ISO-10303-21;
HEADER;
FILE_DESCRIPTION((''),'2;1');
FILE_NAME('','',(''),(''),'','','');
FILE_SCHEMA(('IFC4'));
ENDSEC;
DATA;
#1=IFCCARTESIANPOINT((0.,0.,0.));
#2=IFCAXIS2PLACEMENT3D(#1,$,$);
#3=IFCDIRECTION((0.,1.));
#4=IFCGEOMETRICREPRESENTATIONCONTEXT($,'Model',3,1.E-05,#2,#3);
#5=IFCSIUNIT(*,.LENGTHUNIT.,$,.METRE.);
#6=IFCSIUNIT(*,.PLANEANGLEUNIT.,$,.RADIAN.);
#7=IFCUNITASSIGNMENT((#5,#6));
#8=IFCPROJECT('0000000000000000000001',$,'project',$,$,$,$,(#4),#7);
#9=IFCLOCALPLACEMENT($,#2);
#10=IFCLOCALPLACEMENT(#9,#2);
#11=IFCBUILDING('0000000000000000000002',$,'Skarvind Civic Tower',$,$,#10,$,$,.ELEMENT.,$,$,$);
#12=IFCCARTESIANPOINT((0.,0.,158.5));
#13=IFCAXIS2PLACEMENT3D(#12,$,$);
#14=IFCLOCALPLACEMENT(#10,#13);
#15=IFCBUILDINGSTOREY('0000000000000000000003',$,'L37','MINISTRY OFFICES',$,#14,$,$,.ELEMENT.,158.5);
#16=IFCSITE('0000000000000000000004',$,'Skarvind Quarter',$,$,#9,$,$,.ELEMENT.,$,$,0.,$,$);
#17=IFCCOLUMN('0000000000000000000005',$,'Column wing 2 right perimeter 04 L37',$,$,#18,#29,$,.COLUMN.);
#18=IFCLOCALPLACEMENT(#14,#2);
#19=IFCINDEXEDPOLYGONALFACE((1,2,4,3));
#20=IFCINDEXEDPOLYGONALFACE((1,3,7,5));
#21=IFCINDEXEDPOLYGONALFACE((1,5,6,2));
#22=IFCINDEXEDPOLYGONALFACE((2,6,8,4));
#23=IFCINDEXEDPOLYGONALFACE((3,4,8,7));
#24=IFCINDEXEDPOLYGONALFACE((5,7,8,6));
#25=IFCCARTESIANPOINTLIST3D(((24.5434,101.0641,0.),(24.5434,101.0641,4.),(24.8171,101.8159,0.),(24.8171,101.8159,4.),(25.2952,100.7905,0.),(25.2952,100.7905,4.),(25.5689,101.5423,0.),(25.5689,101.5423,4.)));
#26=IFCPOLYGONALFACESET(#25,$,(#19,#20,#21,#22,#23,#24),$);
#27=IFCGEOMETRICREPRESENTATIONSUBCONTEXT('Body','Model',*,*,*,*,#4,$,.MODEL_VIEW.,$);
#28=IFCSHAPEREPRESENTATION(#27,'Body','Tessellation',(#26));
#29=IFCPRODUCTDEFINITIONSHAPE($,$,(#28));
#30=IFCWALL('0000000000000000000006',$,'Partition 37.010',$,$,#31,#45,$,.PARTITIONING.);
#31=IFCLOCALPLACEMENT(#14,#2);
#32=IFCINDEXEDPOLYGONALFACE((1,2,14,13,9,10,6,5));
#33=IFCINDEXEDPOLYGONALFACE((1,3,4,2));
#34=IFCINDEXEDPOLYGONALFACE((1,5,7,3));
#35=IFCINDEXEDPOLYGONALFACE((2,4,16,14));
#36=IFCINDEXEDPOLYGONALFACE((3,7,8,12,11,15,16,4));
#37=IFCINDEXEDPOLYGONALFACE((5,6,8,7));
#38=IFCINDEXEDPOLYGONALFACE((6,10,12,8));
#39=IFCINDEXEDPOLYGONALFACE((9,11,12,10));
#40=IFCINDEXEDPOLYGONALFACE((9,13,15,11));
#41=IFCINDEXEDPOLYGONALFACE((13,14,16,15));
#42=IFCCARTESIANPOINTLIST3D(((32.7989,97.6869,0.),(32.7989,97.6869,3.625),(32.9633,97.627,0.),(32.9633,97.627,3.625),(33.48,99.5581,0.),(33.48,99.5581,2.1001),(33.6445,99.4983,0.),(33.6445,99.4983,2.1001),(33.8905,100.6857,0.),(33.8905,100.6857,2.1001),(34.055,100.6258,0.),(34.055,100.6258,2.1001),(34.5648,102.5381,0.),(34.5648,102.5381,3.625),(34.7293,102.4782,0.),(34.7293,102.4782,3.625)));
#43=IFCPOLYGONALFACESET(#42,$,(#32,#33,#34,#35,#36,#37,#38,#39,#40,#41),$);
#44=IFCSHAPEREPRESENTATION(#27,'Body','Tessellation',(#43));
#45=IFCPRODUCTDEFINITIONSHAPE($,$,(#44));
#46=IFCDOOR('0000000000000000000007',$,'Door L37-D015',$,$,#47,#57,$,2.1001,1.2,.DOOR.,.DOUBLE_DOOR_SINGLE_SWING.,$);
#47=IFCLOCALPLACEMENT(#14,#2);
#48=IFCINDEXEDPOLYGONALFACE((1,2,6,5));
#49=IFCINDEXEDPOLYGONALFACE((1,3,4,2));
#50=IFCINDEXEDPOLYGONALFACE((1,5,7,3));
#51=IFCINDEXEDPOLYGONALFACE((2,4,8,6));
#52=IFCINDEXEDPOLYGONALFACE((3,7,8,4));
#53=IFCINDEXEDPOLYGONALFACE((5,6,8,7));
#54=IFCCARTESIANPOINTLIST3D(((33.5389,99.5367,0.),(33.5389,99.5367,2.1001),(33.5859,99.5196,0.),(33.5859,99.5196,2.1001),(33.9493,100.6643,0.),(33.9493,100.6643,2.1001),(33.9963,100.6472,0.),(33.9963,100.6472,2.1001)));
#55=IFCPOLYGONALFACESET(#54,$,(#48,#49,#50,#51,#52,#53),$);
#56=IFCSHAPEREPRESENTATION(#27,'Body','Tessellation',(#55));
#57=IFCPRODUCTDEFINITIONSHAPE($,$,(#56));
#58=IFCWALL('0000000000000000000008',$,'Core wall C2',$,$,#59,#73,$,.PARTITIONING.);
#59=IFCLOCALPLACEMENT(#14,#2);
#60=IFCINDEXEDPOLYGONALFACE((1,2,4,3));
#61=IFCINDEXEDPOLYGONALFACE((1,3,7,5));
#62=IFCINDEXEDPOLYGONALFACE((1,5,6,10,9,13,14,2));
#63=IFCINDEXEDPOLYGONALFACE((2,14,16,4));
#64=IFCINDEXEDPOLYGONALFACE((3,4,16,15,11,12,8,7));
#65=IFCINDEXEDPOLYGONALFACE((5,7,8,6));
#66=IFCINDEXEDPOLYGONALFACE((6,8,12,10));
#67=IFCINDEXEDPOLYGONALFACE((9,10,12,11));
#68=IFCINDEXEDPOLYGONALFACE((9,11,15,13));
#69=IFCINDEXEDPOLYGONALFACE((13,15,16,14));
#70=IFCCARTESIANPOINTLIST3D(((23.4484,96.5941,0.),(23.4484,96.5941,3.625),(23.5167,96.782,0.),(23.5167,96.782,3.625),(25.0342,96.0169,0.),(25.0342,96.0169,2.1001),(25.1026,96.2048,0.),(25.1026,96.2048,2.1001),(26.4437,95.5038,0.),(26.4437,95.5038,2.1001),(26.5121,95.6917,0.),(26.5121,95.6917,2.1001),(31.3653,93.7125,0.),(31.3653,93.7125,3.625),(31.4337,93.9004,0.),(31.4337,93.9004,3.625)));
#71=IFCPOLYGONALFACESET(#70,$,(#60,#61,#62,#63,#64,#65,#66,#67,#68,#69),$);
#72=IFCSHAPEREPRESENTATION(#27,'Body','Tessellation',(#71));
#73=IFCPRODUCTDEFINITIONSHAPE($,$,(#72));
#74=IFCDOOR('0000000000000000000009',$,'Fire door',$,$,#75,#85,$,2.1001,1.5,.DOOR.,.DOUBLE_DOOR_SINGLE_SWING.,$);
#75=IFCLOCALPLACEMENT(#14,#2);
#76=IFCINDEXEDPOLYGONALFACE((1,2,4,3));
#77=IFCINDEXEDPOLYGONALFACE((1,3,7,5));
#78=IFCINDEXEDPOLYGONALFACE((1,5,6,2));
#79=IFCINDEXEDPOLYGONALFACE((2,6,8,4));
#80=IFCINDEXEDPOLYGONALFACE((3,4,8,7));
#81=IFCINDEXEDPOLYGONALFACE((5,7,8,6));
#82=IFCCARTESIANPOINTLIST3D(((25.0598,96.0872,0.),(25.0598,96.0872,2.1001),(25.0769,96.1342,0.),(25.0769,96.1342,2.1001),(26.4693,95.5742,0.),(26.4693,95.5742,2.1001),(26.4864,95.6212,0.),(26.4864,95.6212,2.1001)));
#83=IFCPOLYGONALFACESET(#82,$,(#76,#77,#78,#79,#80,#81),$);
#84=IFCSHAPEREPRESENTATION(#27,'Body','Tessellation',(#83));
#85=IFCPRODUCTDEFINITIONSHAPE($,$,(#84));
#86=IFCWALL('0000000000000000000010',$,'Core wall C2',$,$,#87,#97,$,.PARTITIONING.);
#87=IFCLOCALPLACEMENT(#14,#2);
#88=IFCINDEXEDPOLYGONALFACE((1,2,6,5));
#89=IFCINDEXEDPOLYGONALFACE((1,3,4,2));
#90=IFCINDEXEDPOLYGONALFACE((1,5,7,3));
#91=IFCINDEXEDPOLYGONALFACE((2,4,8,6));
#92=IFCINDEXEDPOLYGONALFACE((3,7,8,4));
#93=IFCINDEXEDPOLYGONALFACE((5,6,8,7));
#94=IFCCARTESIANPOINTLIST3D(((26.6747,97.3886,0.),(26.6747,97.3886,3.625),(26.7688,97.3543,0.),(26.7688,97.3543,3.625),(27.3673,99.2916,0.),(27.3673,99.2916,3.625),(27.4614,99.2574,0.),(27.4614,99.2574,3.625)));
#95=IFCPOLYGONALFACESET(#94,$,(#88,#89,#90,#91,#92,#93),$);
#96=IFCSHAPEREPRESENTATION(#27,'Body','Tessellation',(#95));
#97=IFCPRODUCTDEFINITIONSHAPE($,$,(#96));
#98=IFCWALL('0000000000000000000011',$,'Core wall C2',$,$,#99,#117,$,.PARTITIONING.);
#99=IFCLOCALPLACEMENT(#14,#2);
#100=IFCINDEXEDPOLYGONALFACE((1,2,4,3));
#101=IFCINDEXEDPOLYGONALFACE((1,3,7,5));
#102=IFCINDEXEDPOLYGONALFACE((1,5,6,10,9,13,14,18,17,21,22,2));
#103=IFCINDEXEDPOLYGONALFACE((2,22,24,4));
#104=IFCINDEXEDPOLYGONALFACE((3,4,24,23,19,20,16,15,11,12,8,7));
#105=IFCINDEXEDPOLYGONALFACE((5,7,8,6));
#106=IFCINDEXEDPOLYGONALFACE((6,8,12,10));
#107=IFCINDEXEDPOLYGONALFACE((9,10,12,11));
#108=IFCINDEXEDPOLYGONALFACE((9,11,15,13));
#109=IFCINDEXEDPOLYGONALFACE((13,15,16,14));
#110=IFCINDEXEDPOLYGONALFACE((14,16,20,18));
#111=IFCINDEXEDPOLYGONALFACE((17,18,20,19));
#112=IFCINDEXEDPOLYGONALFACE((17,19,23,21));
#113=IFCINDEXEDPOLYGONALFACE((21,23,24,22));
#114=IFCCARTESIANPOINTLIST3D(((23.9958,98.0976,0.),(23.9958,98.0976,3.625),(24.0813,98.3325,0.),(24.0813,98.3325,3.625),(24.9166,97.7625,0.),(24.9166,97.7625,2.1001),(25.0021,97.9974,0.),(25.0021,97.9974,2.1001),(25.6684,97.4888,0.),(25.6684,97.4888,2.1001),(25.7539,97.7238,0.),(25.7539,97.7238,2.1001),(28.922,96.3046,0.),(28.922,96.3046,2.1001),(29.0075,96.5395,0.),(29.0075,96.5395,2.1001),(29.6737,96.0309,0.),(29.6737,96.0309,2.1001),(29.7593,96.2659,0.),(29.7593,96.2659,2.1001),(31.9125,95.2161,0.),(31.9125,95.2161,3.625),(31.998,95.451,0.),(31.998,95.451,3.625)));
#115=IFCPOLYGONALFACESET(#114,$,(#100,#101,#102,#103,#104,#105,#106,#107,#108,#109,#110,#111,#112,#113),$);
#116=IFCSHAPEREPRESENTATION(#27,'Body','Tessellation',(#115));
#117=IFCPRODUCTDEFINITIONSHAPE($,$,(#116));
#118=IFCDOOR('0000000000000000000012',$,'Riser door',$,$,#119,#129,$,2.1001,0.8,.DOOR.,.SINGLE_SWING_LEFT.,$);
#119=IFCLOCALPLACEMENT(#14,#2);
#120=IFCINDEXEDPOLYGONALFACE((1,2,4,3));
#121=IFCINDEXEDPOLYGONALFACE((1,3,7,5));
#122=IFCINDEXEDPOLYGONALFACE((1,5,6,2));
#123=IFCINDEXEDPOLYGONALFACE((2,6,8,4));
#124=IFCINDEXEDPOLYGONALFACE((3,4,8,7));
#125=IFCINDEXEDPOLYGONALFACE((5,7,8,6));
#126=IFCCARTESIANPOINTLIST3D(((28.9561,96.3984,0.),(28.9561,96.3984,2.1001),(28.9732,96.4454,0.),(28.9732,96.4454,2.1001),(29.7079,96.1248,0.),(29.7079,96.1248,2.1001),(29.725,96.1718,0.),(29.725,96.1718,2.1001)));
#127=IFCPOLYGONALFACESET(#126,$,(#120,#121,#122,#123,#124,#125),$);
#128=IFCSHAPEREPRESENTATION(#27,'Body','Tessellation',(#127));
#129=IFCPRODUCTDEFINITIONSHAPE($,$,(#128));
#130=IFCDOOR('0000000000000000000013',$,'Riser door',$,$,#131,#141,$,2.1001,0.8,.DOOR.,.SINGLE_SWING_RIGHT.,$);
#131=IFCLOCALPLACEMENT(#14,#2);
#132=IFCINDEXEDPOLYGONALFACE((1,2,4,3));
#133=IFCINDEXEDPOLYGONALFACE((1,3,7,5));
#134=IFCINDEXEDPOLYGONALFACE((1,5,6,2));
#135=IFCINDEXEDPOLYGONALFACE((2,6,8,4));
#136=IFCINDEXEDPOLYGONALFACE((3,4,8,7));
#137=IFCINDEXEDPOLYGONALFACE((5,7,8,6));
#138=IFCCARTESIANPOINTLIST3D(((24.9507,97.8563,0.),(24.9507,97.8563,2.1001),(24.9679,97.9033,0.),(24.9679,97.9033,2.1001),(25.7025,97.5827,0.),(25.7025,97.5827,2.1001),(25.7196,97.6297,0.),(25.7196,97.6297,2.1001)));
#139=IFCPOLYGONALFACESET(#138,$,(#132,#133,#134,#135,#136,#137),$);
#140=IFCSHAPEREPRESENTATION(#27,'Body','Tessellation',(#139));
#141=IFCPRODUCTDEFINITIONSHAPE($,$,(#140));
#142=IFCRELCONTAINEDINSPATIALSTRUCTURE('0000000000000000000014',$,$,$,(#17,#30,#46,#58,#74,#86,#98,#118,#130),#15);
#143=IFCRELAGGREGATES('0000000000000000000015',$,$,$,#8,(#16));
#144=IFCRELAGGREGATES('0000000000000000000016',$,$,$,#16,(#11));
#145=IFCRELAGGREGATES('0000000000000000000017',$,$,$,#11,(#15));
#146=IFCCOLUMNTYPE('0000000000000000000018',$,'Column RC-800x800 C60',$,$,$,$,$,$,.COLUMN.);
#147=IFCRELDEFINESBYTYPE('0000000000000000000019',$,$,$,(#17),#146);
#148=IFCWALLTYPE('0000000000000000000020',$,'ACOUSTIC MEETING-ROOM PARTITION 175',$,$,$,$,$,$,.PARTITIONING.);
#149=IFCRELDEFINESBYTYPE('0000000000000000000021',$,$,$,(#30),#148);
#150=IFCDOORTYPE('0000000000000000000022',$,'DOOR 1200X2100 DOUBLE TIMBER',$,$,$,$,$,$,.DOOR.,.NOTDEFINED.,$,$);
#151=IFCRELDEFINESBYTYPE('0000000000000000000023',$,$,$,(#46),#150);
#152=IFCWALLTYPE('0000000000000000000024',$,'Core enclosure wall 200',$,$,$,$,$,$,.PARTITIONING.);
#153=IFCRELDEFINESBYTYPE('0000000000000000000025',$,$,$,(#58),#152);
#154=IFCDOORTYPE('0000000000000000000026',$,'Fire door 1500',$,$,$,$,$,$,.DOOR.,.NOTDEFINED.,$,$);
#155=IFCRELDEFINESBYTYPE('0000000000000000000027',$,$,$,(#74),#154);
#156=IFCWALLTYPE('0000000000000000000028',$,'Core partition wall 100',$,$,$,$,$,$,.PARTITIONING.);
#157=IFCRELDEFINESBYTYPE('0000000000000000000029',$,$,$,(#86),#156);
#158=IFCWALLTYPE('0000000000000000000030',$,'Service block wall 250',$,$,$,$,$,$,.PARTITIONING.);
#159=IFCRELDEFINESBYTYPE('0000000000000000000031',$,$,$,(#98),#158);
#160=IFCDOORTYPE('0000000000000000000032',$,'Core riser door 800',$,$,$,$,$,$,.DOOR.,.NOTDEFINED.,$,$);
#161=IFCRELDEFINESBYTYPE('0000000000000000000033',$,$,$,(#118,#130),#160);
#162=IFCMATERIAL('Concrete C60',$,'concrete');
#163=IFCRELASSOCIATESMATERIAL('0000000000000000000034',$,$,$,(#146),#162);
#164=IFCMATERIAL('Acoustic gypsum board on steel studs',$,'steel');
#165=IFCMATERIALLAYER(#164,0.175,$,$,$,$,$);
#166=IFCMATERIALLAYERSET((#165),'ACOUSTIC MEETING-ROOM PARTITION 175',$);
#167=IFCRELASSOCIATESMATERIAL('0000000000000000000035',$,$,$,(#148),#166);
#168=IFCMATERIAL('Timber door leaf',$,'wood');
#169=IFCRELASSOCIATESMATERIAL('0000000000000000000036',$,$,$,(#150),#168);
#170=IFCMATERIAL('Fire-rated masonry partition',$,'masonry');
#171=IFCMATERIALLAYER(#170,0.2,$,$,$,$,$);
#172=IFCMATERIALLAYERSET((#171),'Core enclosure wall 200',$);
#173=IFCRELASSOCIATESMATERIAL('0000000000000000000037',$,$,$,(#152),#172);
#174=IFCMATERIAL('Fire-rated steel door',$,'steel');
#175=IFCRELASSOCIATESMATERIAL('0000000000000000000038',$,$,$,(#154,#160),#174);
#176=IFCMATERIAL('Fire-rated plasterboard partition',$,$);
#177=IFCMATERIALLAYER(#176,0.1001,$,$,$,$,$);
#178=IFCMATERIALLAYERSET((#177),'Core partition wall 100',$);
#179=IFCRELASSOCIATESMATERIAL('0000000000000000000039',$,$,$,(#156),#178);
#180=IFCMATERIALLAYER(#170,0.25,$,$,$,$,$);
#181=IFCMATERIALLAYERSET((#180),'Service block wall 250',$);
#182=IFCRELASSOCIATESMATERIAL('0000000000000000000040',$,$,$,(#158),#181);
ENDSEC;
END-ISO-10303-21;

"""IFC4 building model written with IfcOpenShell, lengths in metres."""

from ifc_helpers import new_model, si_unit, direction, frame, frame_2d, origin, origin_2d, place, context, subcontext, project, spatial, rectangle, extrude, material, layer, layer_set, material_profile, profile_set, type_object, element, fill, save


model = new_model("IFC4")

# Units and contexts
model_context = context("Model", 3, precision=1e-05, world=origin(), true_north=direction((0.0, 1.0)))
body_context = subcontext(model_context, "Body", "Model", "MODEL_VIEW")
ifc_project = project(units=[si_unit("LENGTHUNIT", "METRE"), si_unit("PLANEANGLEUNIT", "RADIAN")], contexts=[model_context])

# Site, building, storey
site_placement = place(None, origin())
site = spatial("IfcSite", under=ifc_project, at=site_placement, Name="Skarvind Quarter", CompositionType="ELEMENT", RefElevation=0.0)
building_placement = place(site_placement, origin())
building = spatial("IfcBuilding", under=site, at=building_placement, Name="Skarvind Civic Tower", CompositionType="ELEMENT")
storey_placement = place(building_placement, frame((0.0, 0.0, 158.5)))
storey = spatial("IfcBuildingStorey", under=building, at=storey_placement, Name="L37", Description="MINISTRY OFFICES", CompositionType="ELEMENT", Elevation=158.5)

# Column
ifc_material_1 = material(Name="Concrete C60", Category="concrete")
ifc_material_profile = material_profile(ifc_material_1, rectangle(XDim=0.8, YDim=0.8, at=origin_2d()), Name="RC-800x800")
ifc_profile_set = profile_set([ifc_material_profile], Name="Concrete C60")
column_type = type_object("IfcColumnType", Name="Column RC-800x800 C60", PredefinedType="COLUMN", material=ifc_profile_set)
column_placement = place(storey_placement, frame((25.0562, 101.3032, 0.0), z_axis=(0.0, 0.0, 1.0), x_axis=(-0.34202, -0.939693, 0.0)))
element("IfcColumn", 1, at=column_placement, inside=storey, type_object=column_type, Name="Column wing 2 right perimeter 04 L37", PredefinedType="COLUMN", context=body_context, shape_type="SweptSolid", body=[
    extrude(rectangle(XDim=0.8, YDim=0.8, at=origin_2d()), origin(), (0.0, 0.0, 1.0), 4.0),
])

# Walls, openings, doors
ifc_material_2 = material(Name="Acoustic gypsum board on steel studs", Category="steel")
ifc_layer_1 = layer(ifc_material_2, 0.175)
ifc_layer_set_1 = layer_set([ifc_layer_1], Name="ACOUSTIC MEETING-ROOM PARTITION 175")
wall_type_1 = type_object("IfcWallType", Name="ACOUSTIC MEETING-ROOM PARTITION 175", PredefinedType="PARTITIONING", material=ifc_layer_set_1)
wall_1_placement = place(storey_placement, frame((32.8811, 97.657, 0.0), z_axis=(0.0, 0.0, 1.0), x_axis=(0.342058, 0.939679, 0.0)))
wall_1 = element("IfcWall", 2, at=wall_1_placement, inside=storey, type_object=wall_type_1, Name="Partition 37.010", PredefinedType="PARTITIONING", context=body_context, shape_type="SweptSolid", body=[
    extrude(rectangle(XDim=5.1626, YDim=0.175, at=frame_2d((2.5813, 0.0))), origin(), (0.0, 0.0, 1.0), 3.625),
])
opening_1_placement = place(wall_1_placement, frame((1.9912, 0.0, 0.0)))
opening_1 = element("IfcOpeningElement", 3, at=opening_1_placement, cuts=wall_1, PredefinedType="OPENING", context=body_context, shape_type="SweptSolid", body=[
    extrude(rectangle(XDim=1.2, YDim=2.1001, at=frame_2d((0.6001, 1.05))), frame((0.0, 0.0974, 0.0), z_axis=(0.0, -1.0, 0.0), x_axis=(1.0, 0.0, 0.0)), (0.0, 0.0, 1.0), 0.1951),
])
ifc_material_3 = material(Name="Timber door leaf", Category="wood")
door_type_1 = type_object("IfcDoorType", Name="DOOR 1200X2100 DOUBLE TIMBER", OperationType="NOTDEFINED", PredefinedType="DOOR", material=ifc_material_3)
door_1_placement = place(opening_1_placement, origin())
door_1 = element("IfcDoor", 4, at=door_1_placement, inside=storey, type_object=door_type_1, Name="Door L37-D015", OperationType="DOUBLE_DOOR_SINGLE_SWING", OverallHeight=2.1001, OverallWidth=1.2, PredefinedType="DOOR", context=body_context, shape_type="SweptSolid", body=[
    extrude(rectangle(XDim=1.2, YDim=2.1001, at=frame_2d((0.6001, 1.05))), frame((0.0, 0.0249, 0.0), z_axis=(0.0, -1.0, 0.0), x_axis=(1.0, 0.0, 0.0)), (0.0, 0.0, 1.0), 0.05),
])
fill(opening_1, door_1)
ifc_material_4 = material(Name="Fire-rated masonry partition", Category="masonry")
ifc_layer_2 = layer(ifc_material_4, 0.2)
ifc_layer_set_2 = layer_set([ifc_layer_2], Name="Core enclosure wall 200")
wall_type_2 = type_object("IfcWallType", Name="Core enclosure wall 200", PredefinedType="PARTITIONING", material=ifc_layer_set_2)
wall_2_placement = place(storey_placement, frame((23.4827, 96.688, 0.0), z_axis=(0.0, 0.0, 1.0), x_axis=(0.939691, -0.342025, 0.0)))
wall_2 = element("IfcWall", 5, at=wall_2_placement, inside=storey, type_object=wall_type_2, Name="Core wall C2", PredefinedType="PARTITIONING", context=body_context, shape_type="SweptSolid", body=[
    extrude(rectangle(XDim=8.425, YDim=0.2, at=frame_2d((4.2124, 0.0))), origin(), (0.0, 0.0, 1.0), 3.625),
])
opening_2_placement = place(wall_2_placement, frame((1.6875, 0.0, 0.0)))
opening_2 = element("IfcOpeningElement", 6, at=opening_2_placement, cuts=wall_2, PredefinedType="OPENING", context=body_context, shape_type="SweptSolid", body=[
    extrude(rectangle(XDim=1.5, YDim=2.1001, at=frame_2d((0.75, 1.05))), frame((0.0, 0.1099, 0.0), z_axis=(0.0, -1.0, 0.0), x_axis=(1.0, 0.0, 0.0)), (0.0, 0.0, 1.0), 0.22),
])
ifc_material_5 = material(Name="Fire-rated steel door", Category="steel")
door_type_2 = type_object("IfcDoorType", Name="Fire door 1500", OperationType="NOTDEFINED", PredefinedType="DOOR", material=ifc_material_5)
door_2_placement = place(opening_2_placement, origin())
door_2 = element("IfcDoor", 7, at=door_2_placement, inside=storey, type_object=door_type_2, Name="Fire door", OperationType="DOUBLE_DOOR_SINGLE_SWING", OverallHeight=2.1001, OverallWidth=1.5, PredefinedType="DOOR", context=body_context, shape_type="SweptSolid", body=[
    extrude(rectangle(XDim=1.5, YDim=2.1001, at=frame_2d((0.75, 1.05))), frame((0.0, 0.0249, 0.0), z_axis=(0.0, -1.0, 0.0), x_axis=(1.0, 0.0, 0.0)), (0.0, 0.0, 1.0), 0.05),
])
fill(opening_2, door_2)

# Wall
ifc_material_6 = material(Name="Fire-rated plasterboard partition")
ifc_layer_3 = layer(ifc_material_6, 0.1001)
ifc_layer_set_3 = layer_set([ifc_layer_3], Name="Core partition wall 100")
wall_type_3 = type_object("IfcWallType", Name="Core partition wall 100", PredefinedType="PARTITIONING", material=ifc_layer_set_3)
wall_3_placement = place(storey_placement, frame((26.7217, 97.3713, 0.0), z_axis=(0.0, 0.0, 1.0), x_axis=(0.342004, 0.939698, 0.0)))
element("IfcWall", 8, at=wall_3_placement, inside=storey, type_object=wall_type_3, Name="Core wall C2", PredefinedType="PARTITIONING", context=body_context, shape_type="SweptSolid", body=[
    extrude(rectangle(XDim=2.0251, YDim=0.1001, at=frame_2d((1.0127, 0.0))), origin(), (0.0, 0.0, 1.0), 3.625),
])

# Wall, openings, doors
ifc_layer_4 = layer(ifc_material_4, 0.25)
ifc_layer_set_4 = layer_set([ifc_layer_4], Name="Service block wall 250")
wall_type_4 = type_object("IfcWallType", Name="Service block wall 250", PredefinedType="PARTITIONING", material=ifc_layer_set_4)
wall_4_placement = place(storey_placement, frame((24.0386, 98.2151, 0.0), z_axis=(0.0, 0.0, 1.0), x_axis=(0.939688, -0.342034, 0.0)))
wall_4 = element("IfcWall", 9, at=wall_4_placement, inside=storey, type_object=wall_type_4, Name="Core wall C2", PredefinedType="PARTITIONING", context=body_context, shape_type="SweptSolid", body=[
    extrude(rectangle(XDim=8.4248, YDim=0.25, at=frame_2d((4.2124, 0.0))), origin(), (0.0, 0.0, 1.0), 3.625),
])
opening_3_placement = place(wall_4_placement, frame((5.2424, 0.0, 0.0)))
opening_3 = element("IfcOpeningElement", 10, at=opening_3_placement, cuts=wall_4, PredefinedType="OPENING", context=body_context, shape_type="SweptSolid", body=[
    extrude(rectangle(XDim=0.8, YDim=2.1001, at=frame_2d((0.3999, 1.05))), frame((0.0, 0.135, 0.0), z_axis=(0.0, -1.0, 0.0), x_axis=(1.0, 0.0, 0.0)), (0.0, 0.0, 1.0), 0.27),
])
opening_4_placement = place(wall_4_placement, frame((0.98, 0.0, 0.0)))
opening_4 = element("IfcOpeningElement", 11, at=opening_4_placement, cuts=wall_4, PredefinedType="OPENING", context=body_context, shape_type="SweptSolid", body=[
    extrude(rectangle(XDim=0.8, YDim=2.1001, at=frame_2d((0.3999, 1.05))), frame((0.0, 0.135, 0.0), z_axis=(0.0, -1.0, 0.0), x_axis=(1.0, 0.0, 0.0)), (0.0, 0.0, 1.0), 0.27),
])
door_type_3 = type_object("IfcDoorType", Name="Core riser door 800", OperationType="NOTDEFINED", PredefinedType="DOOR", material=ifc_material_5)
door_3_placement = place(opening_3_placement, origin())
door_3 = element("IfcDoor", 12, at=door_3_placement, inside=storey, type_object=door_type_3, Name="Riser door", OperationType="SINGLE_SWING_LEFT", OverallHeight=2.1001, OverallWidth=0.8, PredefinedType="DOOR", context=body_context, shape_type="SweptSolid", body=[
    extrude(rectangle(XDim=0.8, YDim=2.1001, at=frame_2d((0.3999, 1.05))), frame((0.0, 0.0249, 0.0), z_axis=(0.0, -1.0, 0.0), x_axis=(1.0, 0.0, 0.0)), (0.0, 0.0, 1.0), 0.05),
])
fill(opening_3, door_3)
door_4_placement = place(opening_4_placement, origin())
door_4 = element("IfcDoor", 13, at=door_4_placement, inside=storey, type_object=door_type_3, Name="Riser door", OperationType="SINGLE_SWING_RIGHT", OverallHeight=2.1001, OverallWidth=0.8, PredefinedType="DOOR", context=body_context, shape_type="SweptSolid", body=[
    extrude(rectangle(XDim=0.8, YDim=2.1001, at=frame_2d((0.3999, 1.05))), frame((0.0, 0.0249, 0.0), z_axis=(0.0, -1.0, 0.0), x_axis=(1.0, 0.0, 0.0)), (0.0, 0.0, 1.0), 0.05),
])
fill(opening_4, door_4)

save(model, "model.ifc")
